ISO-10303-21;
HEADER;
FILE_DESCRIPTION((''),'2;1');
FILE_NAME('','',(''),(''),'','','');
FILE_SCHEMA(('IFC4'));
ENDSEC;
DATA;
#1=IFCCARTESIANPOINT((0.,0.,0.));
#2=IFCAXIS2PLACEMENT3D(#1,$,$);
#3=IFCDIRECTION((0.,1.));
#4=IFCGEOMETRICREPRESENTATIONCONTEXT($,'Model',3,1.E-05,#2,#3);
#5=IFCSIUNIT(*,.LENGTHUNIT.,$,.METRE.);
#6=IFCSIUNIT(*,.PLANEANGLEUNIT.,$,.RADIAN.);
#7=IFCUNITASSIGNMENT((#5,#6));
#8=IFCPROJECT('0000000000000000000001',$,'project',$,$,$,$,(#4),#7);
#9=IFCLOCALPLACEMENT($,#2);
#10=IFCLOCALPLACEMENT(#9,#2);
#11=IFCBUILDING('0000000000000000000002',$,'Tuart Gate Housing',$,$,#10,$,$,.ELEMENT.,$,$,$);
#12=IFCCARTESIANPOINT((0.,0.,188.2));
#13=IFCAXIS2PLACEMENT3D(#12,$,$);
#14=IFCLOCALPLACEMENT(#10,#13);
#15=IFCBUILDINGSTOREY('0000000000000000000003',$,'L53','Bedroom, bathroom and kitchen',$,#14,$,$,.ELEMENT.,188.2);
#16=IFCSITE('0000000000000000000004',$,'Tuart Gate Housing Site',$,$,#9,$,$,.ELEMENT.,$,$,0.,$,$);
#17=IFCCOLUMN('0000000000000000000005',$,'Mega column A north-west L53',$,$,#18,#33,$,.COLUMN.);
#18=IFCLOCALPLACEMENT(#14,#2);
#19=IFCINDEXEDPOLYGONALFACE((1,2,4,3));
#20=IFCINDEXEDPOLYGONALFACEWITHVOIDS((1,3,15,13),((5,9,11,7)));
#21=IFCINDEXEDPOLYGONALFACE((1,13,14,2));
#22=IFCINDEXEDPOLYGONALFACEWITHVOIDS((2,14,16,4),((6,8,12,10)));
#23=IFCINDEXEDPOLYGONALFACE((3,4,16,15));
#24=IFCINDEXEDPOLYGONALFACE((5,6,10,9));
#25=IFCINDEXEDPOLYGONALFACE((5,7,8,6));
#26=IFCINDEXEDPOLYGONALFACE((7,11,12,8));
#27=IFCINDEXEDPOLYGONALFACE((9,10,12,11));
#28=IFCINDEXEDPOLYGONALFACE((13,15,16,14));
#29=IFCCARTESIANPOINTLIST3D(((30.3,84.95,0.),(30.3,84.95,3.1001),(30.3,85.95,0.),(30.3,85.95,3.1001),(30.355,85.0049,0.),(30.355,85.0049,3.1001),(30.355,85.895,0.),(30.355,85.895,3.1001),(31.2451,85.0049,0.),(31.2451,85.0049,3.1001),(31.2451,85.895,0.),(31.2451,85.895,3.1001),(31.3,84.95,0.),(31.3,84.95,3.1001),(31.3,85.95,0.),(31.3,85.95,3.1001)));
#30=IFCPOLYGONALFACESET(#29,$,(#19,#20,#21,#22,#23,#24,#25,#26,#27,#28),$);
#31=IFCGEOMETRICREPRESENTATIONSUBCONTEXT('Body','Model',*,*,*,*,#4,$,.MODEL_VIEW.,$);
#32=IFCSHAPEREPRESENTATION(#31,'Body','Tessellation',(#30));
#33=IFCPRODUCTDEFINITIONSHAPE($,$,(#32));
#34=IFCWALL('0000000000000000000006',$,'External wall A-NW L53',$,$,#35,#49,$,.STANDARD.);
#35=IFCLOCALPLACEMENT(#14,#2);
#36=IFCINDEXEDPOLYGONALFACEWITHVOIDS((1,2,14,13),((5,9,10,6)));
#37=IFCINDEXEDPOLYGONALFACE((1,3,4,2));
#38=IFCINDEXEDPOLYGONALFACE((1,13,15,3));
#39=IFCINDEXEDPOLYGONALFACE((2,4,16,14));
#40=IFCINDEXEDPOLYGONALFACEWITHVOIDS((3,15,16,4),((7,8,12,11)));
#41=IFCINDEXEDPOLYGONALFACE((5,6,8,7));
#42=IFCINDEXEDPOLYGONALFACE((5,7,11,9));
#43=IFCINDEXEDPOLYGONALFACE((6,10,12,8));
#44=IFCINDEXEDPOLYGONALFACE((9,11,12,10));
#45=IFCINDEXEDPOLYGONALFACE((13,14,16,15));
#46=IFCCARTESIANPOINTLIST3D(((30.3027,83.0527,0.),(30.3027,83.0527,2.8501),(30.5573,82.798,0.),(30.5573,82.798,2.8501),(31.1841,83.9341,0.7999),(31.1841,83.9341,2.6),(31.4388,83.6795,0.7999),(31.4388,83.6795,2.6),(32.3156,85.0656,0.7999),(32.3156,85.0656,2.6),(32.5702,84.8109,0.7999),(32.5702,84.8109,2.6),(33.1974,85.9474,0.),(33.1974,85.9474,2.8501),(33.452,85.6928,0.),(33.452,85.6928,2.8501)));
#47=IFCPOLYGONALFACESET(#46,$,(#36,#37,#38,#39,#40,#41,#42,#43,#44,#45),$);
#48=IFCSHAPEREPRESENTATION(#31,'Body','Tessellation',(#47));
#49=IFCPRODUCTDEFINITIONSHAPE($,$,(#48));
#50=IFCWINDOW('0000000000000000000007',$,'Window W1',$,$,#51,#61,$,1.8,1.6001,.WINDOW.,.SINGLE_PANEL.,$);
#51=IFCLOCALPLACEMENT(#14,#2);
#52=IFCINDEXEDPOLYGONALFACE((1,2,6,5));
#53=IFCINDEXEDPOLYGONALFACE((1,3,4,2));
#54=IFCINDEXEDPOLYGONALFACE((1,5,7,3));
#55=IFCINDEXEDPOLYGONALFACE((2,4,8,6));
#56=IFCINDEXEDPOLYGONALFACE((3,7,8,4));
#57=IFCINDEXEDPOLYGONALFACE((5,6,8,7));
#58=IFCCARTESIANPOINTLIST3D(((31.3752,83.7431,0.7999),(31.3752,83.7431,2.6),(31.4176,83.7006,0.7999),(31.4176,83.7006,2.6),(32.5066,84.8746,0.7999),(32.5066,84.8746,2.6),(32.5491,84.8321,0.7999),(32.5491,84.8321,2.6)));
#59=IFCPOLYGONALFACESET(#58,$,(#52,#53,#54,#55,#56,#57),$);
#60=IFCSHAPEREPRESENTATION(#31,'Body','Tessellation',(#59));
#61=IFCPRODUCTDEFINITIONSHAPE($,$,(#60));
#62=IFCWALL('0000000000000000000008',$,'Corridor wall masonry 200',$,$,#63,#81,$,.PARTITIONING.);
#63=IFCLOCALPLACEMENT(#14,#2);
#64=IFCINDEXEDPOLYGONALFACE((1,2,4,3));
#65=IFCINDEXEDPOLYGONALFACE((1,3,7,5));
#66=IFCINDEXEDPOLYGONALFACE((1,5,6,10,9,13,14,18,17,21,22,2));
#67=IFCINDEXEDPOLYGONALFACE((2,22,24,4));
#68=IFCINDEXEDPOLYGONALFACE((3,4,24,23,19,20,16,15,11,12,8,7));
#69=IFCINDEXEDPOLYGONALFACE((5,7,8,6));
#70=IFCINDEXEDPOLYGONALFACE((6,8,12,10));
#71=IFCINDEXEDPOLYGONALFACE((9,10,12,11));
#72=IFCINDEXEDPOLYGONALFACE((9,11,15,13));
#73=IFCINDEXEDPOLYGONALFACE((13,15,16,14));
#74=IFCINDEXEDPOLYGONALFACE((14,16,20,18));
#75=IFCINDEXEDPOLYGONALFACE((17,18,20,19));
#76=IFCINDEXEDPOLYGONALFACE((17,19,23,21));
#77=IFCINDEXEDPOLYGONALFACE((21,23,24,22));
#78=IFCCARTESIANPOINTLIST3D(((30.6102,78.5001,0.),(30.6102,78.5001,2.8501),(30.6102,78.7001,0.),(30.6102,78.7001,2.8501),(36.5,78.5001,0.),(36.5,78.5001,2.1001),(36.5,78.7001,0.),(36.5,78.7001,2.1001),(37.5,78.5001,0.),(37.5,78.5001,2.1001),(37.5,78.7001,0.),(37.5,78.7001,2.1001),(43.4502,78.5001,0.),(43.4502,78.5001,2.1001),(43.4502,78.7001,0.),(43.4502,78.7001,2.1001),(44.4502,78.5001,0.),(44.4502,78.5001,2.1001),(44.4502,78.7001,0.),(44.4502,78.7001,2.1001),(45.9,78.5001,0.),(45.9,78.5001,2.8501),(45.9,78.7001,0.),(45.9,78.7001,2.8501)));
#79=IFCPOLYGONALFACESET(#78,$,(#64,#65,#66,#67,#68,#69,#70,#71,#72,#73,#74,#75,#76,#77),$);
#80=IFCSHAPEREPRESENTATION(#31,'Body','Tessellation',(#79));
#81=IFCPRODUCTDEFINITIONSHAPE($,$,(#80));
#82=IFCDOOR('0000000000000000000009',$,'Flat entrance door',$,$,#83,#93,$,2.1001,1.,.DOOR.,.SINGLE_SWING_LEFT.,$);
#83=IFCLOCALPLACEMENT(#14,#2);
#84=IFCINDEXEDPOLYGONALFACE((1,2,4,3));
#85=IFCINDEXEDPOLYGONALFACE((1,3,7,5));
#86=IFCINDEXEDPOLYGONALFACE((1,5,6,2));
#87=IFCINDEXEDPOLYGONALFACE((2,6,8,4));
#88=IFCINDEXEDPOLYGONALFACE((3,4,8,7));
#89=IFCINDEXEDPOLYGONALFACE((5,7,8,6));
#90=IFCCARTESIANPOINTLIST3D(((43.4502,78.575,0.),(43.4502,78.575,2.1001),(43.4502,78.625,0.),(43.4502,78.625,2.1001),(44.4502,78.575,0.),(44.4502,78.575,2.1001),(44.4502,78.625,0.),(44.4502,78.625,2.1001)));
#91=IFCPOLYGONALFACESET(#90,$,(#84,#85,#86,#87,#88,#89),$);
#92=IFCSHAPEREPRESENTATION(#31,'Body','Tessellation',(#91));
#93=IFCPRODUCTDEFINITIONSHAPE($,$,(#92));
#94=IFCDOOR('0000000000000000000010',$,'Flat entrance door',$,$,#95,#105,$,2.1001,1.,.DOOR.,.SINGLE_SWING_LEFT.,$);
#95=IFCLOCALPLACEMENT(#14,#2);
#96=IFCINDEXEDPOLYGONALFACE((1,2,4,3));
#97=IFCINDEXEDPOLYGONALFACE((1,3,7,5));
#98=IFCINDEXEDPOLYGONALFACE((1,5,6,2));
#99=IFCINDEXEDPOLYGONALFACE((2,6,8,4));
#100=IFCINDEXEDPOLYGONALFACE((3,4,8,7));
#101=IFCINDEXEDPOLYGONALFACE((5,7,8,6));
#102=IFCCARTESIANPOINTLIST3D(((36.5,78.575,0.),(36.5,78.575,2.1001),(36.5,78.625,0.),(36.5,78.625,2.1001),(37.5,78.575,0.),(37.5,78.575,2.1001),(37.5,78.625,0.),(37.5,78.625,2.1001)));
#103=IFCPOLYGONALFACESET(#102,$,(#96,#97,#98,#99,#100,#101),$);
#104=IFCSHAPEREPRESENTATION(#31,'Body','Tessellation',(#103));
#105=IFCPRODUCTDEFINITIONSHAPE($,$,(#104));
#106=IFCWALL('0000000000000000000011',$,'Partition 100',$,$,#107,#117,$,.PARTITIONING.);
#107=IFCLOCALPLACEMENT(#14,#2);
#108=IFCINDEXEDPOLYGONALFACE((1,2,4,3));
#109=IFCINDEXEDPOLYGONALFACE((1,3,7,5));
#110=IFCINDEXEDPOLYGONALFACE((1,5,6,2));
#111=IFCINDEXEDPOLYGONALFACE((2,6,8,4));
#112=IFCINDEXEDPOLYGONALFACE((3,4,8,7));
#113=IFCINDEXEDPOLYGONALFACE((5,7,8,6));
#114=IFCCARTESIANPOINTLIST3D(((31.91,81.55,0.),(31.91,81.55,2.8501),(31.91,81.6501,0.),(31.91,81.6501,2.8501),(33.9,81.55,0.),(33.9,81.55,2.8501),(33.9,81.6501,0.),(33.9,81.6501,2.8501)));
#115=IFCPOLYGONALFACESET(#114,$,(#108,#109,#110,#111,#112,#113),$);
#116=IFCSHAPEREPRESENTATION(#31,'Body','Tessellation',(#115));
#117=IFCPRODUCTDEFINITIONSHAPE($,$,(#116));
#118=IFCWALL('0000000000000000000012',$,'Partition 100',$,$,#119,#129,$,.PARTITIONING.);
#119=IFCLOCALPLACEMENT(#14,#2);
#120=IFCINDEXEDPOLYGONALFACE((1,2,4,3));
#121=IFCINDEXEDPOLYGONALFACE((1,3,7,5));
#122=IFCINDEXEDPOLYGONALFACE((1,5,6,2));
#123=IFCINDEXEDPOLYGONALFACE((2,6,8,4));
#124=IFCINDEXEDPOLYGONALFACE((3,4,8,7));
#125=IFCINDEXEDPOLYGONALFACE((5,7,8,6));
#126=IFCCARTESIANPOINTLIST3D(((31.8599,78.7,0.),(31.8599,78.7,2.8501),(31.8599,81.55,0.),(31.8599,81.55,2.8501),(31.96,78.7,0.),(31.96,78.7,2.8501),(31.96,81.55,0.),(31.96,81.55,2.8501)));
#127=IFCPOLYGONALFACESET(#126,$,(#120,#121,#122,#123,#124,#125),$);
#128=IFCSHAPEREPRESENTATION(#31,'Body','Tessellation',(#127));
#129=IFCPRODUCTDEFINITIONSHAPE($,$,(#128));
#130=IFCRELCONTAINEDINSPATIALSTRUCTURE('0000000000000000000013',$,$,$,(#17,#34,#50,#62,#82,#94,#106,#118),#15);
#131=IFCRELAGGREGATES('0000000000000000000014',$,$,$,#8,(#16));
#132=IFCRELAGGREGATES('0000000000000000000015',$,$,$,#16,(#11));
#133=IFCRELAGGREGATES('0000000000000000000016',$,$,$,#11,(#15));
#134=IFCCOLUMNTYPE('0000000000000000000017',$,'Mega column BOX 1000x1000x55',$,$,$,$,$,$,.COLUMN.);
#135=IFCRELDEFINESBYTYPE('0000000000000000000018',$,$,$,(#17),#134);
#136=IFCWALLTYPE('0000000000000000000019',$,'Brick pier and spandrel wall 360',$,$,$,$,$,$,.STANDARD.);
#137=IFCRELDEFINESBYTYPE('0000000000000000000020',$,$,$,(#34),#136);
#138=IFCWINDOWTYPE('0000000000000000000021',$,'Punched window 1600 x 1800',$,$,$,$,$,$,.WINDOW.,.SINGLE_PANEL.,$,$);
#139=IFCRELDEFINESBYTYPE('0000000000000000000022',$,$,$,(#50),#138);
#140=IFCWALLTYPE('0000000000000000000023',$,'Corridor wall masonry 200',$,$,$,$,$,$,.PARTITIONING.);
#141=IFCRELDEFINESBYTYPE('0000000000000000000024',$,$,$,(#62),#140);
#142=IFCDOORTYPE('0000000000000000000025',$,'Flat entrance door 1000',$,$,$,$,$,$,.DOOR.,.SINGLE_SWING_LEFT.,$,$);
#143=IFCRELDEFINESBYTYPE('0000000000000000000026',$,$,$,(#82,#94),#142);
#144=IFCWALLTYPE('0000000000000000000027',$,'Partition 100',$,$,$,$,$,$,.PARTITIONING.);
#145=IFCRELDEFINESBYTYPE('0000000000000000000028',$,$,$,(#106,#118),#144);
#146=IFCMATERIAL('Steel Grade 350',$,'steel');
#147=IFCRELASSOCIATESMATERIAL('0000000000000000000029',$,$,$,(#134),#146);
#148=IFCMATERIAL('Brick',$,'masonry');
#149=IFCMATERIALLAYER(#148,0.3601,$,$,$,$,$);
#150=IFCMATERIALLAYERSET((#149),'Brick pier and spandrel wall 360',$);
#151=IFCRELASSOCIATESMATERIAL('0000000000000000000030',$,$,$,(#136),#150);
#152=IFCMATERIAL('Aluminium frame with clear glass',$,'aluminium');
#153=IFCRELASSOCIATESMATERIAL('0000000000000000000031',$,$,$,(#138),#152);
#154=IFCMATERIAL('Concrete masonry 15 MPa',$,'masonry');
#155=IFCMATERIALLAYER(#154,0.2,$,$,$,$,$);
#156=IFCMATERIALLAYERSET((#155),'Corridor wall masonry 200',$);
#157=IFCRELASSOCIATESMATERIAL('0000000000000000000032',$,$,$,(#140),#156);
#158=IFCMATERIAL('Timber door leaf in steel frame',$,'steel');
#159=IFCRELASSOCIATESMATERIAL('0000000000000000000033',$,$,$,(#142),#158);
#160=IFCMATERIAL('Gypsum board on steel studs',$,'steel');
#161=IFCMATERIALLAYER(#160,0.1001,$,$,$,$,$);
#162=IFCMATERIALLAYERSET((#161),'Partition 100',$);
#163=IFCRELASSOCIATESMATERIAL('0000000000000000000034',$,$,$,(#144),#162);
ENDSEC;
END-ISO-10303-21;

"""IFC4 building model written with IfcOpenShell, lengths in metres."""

from ifc_helpers import new_model, si_unit, direction, frame, frame_2d, origin, origin_2d, place, context, subcontext, project, spatial, rectangle, hollow_rectangle, extrude, material, layer, layer_set, material_profile, profile_set, type_object, element, fill, save


model = new_model("IFC4")

# Units and contexts
model_context = context("Model", 3, precision=1e-05, world=origin(), true_north=direction((0.0, 1.0)))
body_context = subcontext(model_context, "Body", "Model", "MODEL_VIEW")
ifc_project = project(units=[si_unit("LENGTHUNIT", "METRE"), si_unit("PLANEANGLEUNIT", "RADIAN")], contexts=[model_context])

# Site, building, storey
site_placement = place(None, origin())
site = spatial("IfcSite", under=ifc_project, at=site_placement, Name="Tuart Gate Housing Site", CompositionType="ELEMENT", RefElevation=0.0)
building_placement = place(site_placement, origin())
building = spatial("IfcBuilding", under=site, at=building_placement, Name="Tuart Gate Housing", CompositionType="ELEMENT")
storey_placement = place(building_placement, frame((0.0, 0.0, 188.2)))
storey = spatial("IfcBuildingStorey", under=building, at=storey_placement, Name="L53", Description="Bedroom, bathroom and kitchen", CompositionType="ELEMENT", Elevation=188.2)

# Column
ifc_material_1 = material(Name="Steel Grade 350", Category="steel")
ifc_material_profile = material_profile(ifc_material_1, hollow_rectangle(XDim=1.0, YDim=1.0, WallThickness=0.0549, at=origin_2d()), Name="BOX 1000x1000x55")
ifc_profile_set = profile_set([ifc_material_profile], Name="Steel Grade 350")
column_type = type_object("IfcColumnType", Name="Mega column BOX 1000x1000x55", PredefinedType="COLUMN", material=ifc_profile_set)
column_placement = place(storey_placement, frame((30.8, 85.45, 0.0), z_axis=(0.0, 0.0, 1.0), x_axis=(1.0, 0.0, 0.0)))
element("IfcColumn", 1, at=column_placement, inside=storey, type_object=column_type, Name="Mega column A north-west L53", PredefinedType="COLUMN", context=body_context, shape_type="SweptSolid", body=[
    extrude(hollow_rectangle(XDim=1.0, YDim=1.0, WallThickness=0.0549, at=origin_2d()), origin(), (0.0, 0.0, 1.0), 3.1001),
])

# Wall, opening, window
ifc_material_2 = material(Name="Brick", Category="masonry")
ifc_layer_1 = layer(ifc_material_2, 0.3601)
ifc_layer_set_1 = layer_set([ifc_layer_1], Name="Brick pier and spandrel wall 360")
wall_type_1 = type_object("IfcWallType", Name="Brick pier and spandrel wall 360", PredefinedType="STANDARD", material=ifc_layer_set_1)
wall_1_placement = place(storey_placement, frame((33.3247, 85.8201, 0.0), z_axis=(0.0, 0.0, 1.0), x_axis=(-0.707107, -0.707107, 0.0)))
wall_1 = element("IfcWall", 2, at=wall_1_placement, inside=storey, type_object=wall_type_1, Name="External wall A-NW L53", PredefinedType="STANDARD", context=body_context, shape_type="SweptSolid", body=[
    extrude(rectangle(XDim=4.0938, YDim=0.3601, at=frame_2d((2.0469, 0.0))), origin(), (0.0, 0.0, 1.0), 2.8501),
])
opening_1_placement = place(wall_1_placement, frame((1.2471, 0.0, 0.8)))
opening_1 = element("IfcOpeningElement", 3, at=opening_1_placement, cuts=wall_1, PredefinedType="OPENING", context=body_context, shape_type="SweptSolid", body=[
    extrude(rectangle(XDim=1.6001, YDim=1.8, at=frame_2d((0.8, 0.8999))), frame((0.0, 0.1899, 0.0), z_axis=(0.0, -1.0, 0.0), x_axis=(1.0, 0.0, 0.0)), (0.0, 0.0, 1.0), 0.3801),
])
ifc_material_3 = material(Name="Aluminium frame with clear glass", Category="aluminium")
window_type_1 = type_object("IfcWindowType", Name="Punched window 1600 x 1800", PartitioningType="SINGLE_PANEL", PredefinedType="WINDOW", material=ifc_material_3)
window_1_placement = place(opening_1_placement, origin())
window_1 = element("IfcWindow", 4, at=window_1_placement, inside=storey, type_object=window_type_1, Name="Window W1", OverallHeight=1.8, OverallWidth=1.6001, PartitioningType="SINGLE_PANEL", PredefinedType="WINDOW", context=body_context, shape_type="SweptSolid", body=[
    extrude(rectangle(XDim=1.6001, YDim=1.8, at=frame_2d((0.8, 0.8999))), frame((0.0, 0.1501, 0.0), z_axis=(0.0, -1.0, 0.0), x_axis=(1.0, 0.0, 0.0)), (0.0, 0.0, 1.0), 0.0601),
])
fill(opening_1, window_1)

# Wall, openings, doors
ifc_material_4 = material(Name="Concrete masonry 15 MPa", Category="masonry")
ifc_layer_2 = layer(ifc_material_4, 0.2)
ifc_layer_set_2 = layer_set([ifc_layer_2], Name="Corridor wall masonry 200")
wall_type_2 = type_object("IfcWallType", Name="Corridor wall masonry 200", PredefinedType="PARTITIONING", material=ifc_layer_set_2)
wall_2_placement = place(storey_placement, frame((30.6101, 78.6001, 0.0), z_axis=(0.0, 0.0, 1.0), x_axis=(1.0, 0.0, 0.0)))
wall_2 = element("IfcWall", 5, at=wall_2_placement, inside=storey, type_object=wall_type_2, Name="Corridor wall masonry 200", PredefinedType="PARTITIONING", context=body_context, shape_type="SweptSolid", body=[
    extrude(rectangle(XDim=15.2898, YDim=0.2, at=frame_2d((7.645, 0.0))), origin(), (0.0, 0.0, 1.0), 2.8501),
])
opening_2_placement = place(wall_2_placement, frame((12.8401, 0.0, 0.0)))
opening_2 = element("IfcOpeningElement", 6, at=opening_2_placement, cuts=wall_2, PredefinedType="OPENING", context=body_context, shape_type="SweptSolid", body=[
    extrude(rectangle(XDim=1.0, YDim=2.1001, at=frame_2d((0.5, 1.05))), frame((0.0, 0.1099, 0.0), z_axis=(0.0, -1.0, 0.0), x_axis=(1.0, 0.0, 0.0)), (0.0, 0.0, 1.0), 0.22),
])
opening_3_placement = place(wall_2_placement, frame((5.8899, 0.0, 0.0)))
opening_3 = element("IfcOpeningElement", 7, at=opening_3_placement, cuts=wall_2, PredefinedType="OPENING", context=body_context, shape_type="SweptSolid", body=[
    extrude(rectangle(XDim=1.0, YDim=2.1001, at=frame_2d((0.5, 1.05))), frame((0.0, 0.1099, 0.0), z_axis=(0.0, -1.0, 0.0), x_axis=(1.0, 0.0, 0.0)), (0.0, 0.0, 1.0), 0.22),
])
ifc_material_5 = material(Name="Timber door leaf in steel frame", Category="steel")
door_type = type_object("IfcDoorType", Name="Flat entrance door 1000", OperationType="SINGLE_SWING_LEFT", PredefinedType="DOOR", material=ifc_material_5)
door_1_placement = place(opening_2_placement, origin())
door_1 = element("IfcDoor", 8, at=door_1_placement, inside=storey, type_object=door_type, Name="Flat entrance door", OperationType="SINGLE_SWING_LEFT", OverallHeight=2.1001, OverallWidth=1.0, PredefinedType="DOOR", context=body_context, shape_type="SweptSolid", body=[
    extrude(rectangle(XDim=1.0, YDim=2.1001, at=frame_2d((0.5, 1.05))), frame((0.0, 0.0249, 0.0), z_axis=(0.0, -1.0, 0.0), x_axis=(1.0, 0.0, 0.0)), (0.0, 0.0, 1.0), 0.05),
])
fill(opening_2, door_1)
door_2_placement = place(opening_3_placement, origin())
door_2 = element("IfcDoor", 9, at=door_2_placement, inside=storey, type_object=door_type, Name="Flat entrance door", OperationType="SINGLE_SWING_LEFT", OverallHeight=2.1001, OverallWidth=1.0, PredefinedType="DOOR", context=body_context, shape_type="SweptSolid", body=[
    extrude(rectangle(XDim=1.0, YDim=2.1001, at=frame_2d((0.5, 1.05))), frame((0.0, 0.0249, 0.0), z_axis=(0.0, -1.0, 0.0), x_axis=(1.0, 0.0, 0.0)), (0.0, 0.0, 1.0), 0.05),
])
fill(opening_3, door_2)

# Walls
ifc_material_6 = material(Name="Gypsum board on steel studs", Category="steel")
ifc_layer_3 = layer(ifc_material_6, 0.1001)
ifc_layer_set_3 = layer_set([ifc_layer_3], Name="Partition 100")
wall_type_3 = type_object("IfcWallType", Name="Partition 100", PredefinedType="PARTITIONING", material=ifc_layer_set_3)
wall_3_placement = place(storey_placement, frame((31.9099, 81.6001, 0.0), z_axis=(0.0, 0.0, 1.0), x_axis=(1.0, 0.0, 0.0)))
element("IfcWall", 10, at=wall_3_placement, inside=storey, type_object=wall_type_3, Name="Partition 100", PredefinedType="PARTITIONING", context=body_context, shape_type="SweptSolid", body=[
    extrude(rectangle(XDim=1.99, YDim=0.1001, at=frame_2d((0.9951, 0.0))), origin(), (0.0, 0.0, 1.0), 2.8501),
])
wall_4_placement = place(storey_placement, frame((31.9099, 78.7, 0.0), z_axis=(0.0, 0.0, 1.0), x_axis=(0.0, 1.0, 0.0)))
element("IfcWall", 11, at=wall_4_placement, inside=storey, type_object=wall_type_3, Name="Partition 100", PredefinedType="PARTITIONING", context=body_context, shape_type="SweptSolid", body=[
    extrude(rectangle(XDim=2.8501, YDim=0.1001, at=frame_2d((1.425, 0.0))), origin(), (0.0, 0.0, 1.0), 2.8501),
])

save(model, "model.ifc")
